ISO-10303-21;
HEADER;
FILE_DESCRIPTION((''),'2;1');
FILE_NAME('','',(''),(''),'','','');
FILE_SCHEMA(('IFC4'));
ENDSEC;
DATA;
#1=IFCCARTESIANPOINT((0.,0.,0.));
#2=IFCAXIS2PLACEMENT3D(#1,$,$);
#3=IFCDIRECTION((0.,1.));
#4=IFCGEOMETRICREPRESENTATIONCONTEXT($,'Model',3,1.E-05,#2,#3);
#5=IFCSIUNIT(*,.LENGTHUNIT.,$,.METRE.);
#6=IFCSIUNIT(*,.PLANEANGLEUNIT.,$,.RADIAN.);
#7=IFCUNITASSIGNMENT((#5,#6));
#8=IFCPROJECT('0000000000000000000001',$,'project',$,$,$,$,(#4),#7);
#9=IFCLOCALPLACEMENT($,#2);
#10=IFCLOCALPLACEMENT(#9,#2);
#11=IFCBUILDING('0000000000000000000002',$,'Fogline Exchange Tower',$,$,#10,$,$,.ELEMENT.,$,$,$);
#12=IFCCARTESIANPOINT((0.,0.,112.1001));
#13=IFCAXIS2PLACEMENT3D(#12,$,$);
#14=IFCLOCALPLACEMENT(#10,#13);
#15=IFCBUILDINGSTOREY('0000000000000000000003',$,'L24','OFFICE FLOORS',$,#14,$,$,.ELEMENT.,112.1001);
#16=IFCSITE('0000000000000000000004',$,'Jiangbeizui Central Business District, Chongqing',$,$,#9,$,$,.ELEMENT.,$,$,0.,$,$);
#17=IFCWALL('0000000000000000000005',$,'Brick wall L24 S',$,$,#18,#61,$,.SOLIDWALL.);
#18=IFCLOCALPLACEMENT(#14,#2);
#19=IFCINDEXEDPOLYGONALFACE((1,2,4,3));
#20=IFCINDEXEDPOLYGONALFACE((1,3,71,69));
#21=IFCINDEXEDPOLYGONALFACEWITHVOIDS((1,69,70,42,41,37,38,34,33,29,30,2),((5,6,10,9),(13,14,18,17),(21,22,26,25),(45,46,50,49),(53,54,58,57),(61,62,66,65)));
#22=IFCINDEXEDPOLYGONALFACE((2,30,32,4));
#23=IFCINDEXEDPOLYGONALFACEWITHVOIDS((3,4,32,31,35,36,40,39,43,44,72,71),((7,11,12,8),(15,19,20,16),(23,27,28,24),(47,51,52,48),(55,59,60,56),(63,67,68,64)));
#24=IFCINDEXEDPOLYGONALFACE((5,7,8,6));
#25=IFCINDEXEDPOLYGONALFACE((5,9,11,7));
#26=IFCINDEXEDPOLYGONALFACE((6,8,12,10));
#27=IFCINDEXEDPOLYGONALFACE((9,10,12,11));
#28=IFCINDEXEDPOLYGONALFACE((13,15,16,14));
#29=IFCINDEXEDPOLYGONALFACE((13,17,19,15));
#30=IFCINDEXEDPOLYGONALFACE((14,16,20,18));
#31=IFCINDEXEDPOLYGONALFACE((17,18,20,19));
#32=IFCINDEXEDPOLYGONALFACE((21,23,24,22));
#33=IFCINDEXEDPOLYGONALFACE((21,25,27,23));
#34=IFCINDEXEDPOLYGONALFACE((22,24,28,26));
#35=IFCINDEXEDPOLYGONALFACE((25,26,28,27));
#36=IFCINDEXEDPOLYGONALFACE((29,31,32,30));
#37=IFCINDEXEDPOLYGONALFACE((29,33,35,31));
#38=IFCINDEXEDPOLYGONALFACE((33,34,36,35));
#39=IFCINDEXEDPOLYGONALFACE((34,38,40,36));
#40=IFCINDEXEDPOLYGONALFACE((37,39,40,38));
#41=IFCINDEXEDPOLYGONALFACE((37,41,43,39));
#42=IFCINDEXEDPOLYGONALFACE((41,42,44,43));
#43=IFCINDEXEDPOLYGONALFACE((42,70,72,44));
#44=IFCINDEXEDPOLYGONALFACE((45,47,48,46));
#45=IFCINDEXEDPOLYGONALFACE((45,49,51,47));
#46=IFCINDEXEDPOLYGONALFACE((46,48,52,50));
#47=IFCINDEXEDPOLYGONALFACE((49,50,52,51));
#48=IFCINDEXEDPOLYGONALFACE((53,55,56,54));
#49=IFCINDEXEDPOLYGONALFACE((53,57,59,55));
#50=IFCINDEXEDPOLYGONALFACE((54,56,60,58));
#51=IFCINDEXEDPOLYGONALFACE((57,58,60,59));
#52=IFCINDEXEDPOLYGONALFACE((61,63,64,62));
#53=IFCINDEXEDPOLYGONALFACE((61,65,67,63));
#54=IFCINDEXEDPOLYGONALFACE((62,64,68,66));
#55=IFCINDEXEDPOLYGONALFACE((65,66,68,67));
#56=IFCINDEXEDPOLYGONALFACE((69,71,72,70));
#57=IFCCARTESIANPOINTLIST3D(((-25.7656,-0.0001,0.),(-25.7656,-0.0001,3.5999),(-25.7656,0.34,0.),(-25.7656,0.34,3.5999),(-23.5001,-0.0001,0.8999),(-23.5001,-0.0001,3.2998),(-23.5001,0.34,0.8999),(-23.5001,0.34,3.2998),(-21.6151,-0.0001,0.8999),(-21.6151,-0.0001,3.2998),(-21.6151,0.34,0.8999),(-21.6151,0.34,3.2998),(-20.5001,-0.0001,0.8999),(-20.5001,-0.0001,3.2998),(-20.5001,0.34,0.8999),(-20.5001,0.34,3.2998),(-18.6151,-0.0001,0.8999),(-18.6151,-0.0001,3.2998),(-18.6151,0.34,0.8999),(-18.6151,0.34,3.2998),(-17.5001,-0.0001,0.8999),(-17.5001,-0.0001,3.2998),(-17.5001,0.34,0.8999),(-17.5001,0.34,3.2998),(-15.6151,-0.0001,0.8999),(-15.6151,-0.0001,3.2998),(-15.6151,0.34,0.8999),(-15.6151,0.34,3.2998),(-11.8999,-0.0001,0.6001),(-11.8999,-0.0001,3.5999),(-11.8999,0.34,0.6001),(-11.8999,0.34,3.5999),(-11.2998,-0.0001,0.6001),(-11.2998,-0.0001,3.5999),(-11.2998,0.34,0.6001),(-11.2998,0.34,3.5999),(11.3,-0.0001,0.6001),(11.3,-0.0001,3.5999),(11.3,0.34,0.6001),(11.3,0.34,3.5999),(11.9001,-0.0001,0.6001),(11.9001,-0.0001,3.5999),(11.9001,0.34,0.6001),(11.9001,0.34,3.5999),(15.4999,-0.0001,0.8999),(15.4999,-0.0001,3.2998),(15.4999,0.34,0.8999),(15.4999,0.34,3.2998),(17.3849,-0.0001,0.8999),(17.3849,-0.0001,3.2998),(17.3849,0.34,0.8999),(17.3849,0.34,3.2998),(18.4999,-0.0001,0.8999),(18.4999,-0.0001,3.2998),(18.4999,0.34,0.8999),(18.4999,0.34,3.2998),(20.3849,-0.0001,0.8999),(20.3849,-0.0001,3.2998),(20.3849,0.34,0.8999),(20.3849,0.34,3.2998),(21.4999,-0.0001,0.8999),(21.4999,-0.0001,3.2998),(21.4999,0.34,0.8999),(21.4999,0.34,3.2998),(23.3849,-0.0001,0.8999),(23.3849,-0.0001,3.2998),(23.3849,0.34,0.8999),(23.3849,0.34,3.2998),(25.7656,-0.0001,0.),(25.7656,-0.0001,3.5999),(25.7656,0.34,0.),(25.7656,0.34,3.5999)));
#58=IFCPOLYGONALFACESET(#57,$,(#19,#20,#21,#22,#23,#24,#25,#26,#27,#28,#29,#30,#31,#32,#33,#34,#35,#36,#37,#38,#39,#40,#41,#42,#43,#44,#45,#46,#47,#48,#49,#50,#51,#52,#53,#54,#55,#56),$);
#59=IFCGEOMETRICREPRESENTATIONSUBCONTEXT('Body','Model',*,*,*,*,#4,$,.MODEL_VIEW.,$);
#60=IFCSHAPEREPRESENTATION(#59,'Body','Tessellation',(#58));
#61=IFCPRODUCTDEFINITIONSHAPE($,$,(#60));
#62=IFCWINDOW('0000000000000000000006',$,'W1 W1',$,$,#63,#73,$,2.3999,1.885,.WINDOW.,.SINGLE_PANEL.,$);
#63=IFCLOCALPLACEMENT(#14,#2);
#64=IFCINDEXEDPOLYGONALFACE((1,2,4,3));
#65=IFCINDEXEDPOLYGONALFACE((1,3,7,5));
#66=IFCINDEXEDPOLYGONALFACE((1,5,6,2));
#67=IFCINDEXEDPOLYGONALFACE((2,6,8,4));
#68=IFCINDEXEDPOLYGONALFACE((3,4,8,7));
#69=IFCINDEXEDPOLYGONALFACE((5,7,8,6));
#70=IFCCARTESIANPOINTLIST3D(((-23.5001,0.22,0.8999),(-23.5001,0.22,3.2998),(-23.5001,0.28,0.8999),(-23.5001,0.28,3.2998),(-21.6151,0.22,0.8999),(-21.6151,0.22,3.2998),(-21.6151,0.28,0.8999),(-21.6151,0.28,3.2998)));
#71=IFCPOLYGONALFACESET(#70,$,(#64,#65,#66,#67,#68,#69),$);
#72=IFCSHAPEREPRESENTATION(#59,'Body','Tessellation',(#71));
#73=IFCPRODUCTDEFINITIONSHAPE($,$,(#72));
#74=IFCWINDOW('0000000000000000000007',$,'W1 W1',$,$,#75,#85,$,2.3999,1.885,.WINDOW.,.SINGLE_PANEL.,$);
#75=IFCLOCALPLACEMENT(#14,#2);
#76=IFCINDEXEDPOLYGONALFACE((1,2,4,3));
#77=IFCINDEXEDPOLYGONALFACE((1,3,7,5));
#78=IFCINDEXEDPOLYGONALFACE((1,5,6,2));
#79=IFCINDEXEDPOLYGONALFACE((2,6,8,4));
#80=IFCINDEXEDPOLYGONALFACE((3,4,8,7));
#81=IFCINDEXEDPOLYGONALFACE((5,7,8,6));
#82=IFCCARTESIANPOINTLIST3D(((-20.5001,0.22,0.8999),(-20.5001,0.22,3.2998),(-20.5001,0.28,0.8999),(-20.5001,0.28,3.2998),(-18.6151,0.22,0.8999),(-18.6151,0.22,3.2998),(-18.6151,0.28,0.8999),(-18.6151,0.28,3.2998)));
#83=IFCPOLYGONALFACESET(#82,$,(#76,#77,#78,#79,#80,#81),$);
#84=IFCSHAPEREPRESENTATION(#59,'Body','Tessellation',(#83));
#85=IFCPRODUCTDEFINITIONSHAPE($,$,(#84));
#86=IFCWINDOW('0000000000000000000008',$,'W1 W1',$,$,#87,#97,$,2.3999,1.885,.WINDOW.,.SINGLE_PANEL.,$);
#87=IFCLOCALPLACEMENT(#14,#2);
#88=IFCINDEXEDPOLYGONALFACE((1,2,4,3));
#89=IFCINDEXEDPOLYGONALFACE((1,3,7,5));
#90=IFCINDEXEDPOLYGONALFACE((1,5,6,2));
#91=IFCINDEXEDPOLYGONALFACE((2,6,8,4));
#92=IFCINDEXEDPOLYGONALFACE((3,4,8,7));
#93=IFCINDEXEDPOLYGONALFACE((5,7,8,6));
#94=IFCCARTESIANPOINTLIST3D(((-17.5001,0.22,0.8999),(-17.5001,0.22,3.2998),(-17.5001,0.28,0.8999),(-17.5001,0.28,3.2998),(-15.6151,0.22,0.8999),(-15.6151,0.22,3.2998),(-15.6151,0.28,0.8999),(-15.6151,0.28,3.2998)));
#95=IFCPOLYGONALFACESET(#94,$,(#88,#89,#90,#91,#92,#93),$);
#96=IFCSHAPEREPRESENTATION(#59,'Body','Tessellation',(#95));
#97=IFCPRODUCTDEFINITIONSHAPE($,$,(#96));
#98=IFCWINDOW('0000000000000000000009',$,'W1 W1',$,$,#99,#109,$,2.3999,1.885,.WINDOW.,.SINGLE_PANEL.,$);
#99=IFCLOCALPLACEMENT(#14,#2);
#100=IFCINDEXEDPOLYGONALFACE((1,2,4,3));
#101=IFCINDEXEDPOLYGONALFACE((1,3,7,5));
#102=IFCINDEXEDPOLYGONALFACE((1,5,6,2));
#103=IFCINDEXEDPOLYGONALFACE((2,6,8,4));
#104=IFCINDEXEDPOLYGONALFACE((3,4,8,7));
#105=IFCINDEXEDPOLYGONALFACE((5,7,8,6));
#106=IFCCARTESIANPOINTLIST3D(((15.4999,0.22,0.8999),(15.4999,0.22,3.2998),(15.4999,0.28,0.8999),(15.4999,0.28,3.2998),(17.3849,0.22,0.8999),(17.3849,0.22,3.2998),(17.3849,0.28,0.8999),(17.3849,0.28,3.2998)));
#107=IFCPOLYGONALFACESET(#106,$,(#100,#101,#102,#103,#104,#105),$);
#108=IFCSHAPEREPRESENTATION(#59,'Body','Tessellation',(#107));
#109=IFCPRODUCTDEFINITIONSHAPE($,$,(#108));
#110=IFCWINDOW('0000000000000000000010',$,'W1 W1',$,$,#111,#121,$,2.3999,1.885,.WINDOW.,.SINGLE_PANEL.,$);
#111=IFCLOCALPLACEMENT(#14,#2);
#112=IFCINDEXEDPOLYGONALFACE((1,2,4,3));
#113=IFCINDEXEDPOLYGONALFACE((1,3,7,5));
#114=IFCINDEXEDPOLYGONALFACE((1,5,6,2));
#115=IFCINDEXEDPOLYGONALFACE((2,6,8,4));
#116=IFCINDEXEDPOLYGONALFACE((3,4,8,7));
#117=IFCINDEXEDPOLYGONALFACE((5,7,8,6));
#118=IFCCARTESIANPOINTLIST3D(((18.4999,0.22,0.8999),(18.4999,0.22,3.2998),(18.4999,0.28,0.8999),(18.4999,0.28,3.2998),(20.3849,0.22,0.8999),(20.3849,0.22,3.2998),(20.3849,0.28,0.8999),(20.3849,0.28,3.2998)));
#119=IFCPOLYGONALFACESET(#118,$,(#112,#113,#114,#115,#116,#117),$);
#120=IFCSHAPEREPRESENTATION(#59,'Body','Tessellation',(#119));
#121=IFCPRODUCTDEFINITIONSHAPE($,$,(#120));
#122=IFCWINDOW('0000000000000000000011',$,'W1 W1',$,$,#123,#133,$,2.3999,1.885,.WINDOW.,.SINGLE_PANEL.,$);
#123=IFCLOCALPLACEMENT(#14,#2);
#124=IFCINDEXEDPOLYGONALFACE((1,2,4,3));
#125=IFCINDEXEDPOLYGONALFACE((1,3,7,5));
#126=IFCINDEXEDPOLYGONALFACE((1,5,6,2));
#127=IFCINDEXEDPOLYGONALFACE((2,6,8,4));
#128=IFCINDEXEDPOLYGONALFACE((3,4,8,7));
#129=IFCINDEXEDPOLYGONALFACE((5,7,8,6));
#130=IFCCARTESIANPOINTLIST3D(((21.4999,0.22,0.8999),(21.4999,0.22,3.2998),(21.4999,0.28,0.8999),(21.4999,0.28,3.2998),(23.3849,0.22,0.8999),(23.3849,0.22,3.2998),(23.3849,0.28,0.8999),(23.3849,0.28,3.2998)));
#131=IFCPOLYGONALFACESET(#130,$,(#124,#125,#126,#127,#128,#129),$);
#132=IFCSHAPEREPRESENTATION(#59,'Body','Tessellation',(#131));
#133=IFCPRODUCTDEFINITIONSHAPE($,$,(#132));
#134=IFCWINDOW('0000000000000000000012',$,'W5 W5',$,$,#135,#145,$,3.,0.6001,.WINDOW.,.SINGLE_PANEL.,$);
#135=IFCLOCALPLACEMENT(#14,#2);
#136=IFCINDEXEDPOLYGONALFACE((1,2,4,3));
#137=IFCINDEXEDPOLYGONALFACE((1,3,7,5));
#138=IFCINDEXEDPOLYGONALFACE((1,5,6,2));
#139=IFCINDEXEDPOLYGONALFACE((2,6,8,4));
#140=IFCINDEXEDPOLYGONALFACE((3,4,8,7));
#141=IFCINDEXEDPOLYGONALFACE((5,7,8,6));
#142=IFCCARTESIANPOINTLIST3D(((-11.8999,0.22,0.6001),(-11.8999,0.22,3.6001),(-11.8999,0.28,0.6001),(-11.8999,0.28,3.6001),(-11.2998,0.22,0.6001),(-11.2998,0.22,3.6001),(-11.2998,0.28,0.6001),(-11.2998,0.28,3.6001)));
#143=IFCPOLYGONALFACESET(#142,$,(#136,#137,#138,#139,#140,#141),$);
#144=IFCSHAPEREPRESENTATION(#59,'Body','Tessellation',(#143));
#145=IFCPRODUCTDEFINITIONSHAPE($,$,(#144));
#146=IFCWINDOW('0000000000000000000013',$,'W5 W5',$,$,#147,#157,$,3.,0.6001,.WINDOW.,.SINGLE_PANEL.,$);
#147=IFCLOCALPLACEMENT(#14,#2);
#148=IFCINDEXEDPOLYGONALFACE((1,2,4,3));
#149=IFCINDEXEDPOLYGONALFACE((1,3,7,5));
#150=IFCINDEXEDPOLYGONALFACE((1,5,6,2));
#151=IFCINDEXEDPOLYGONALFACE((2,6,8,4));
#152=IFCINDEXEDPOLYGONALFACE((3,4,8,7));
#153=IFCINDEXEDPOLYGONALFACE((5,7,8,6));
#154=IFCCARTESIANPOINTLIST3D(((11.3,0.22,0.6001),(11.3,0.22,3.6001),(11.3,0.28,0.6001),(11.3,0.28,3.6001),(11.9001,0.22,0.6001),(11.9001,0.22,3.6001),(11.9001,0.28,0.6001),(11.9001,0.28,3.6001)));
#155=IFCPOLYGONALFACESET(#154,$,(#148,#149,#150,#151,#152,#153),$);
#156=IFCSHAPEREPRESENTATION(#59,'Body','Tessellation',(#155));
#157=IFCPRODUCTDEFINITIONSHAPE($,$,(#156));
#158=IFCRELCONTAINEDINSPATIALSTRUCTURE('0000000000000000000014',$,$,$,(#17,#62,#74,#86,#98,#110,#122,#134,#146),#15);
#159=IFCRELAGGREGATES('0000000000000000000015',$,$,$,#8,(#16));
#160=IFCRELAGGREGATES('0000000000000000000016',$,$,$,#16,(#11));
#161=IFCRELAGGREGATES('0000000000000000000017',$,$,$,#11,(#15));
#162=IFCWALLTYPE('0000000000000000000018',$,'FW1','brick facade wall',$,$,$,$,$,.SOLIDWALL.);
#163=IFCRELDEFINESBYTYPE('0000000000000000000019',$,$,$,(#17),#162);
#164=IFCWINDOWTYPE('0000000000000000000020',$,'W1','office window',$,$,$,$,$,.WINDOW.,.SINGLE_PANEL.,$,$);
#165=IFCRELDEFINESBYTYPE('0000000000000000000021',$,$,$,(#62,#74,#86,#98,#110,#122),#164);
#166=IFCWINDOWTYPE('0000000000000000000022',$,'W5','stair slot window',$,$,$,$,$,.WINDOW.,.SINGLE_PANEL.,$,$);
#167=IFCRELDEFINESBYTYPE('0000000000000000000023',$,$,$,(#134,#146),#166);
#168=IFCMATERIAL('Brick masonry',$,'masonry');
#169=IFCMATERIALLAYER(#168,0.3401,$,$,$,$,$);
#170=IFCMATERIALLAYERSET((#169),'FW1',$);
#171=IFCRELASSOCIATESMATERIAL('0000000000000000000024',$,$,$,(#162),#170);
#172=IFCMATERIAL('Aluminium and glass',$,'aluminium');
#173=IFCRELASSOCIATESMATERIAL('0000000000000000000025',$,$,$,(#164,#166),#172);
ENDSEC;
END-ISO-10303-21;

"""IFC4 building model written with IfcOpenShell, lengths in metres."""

from ifc_helpers import new_model, si_unit, direction, frame, frame_2d, origin, place, context, subcontext, project, spatial, rectangle, extrude, material, layer, layer_set, type_object, element, fill, save


model = new_model("IFC4")

# Units and contexts
model_context = context("Model", 3, precision=1e-05, world=origin(), true_north=direction((0.0, 1.0)))
body_context = subcontext(model_context, "Body", "Model", "MODEL_VIEW")
ifc_project = project(units=[si_unit("LENGTHUNIT", "METRE"), si_unit("PLANEANGLEUNIT", "RADIAN")], contexts=[model_context])

# Site, building, storey
site_placement = place(None, origin())
site = spatial("IfcSite", under=ifc_project, at=site_placement, Name="Jiangbeizui Central Business District, Chongqing", CompositionType="ELEMENT", RefElevation=0.0)
building_placement = place(site_placement, origin())
building = spatial("IfcBuilding", under=site, at=building_placement, Name="Fogline Exchange Tower", CompositionType="ELEMENT")
storey_placement = place(building_placement, frame((0.0, 0.0, 112.1001)))
storey = spatial("IfcBuildingStorey", under=building, at=storey_placement, Name="L24", Description="OFFICE FLOORS", CompositionType="ELEMENT", Elevation=112.1001)

# Shared definitions
ifc_material_1 = material(Name="Brick masonry", Category="masonry")
ifc_layer = layer(ifc_material_1, 0.3401)
ifc_layer_set = layer_set([ifc_layer], Name="FW1")
wall_type = type_object("IfcWallType", Name="FW1", Description="brick facade wall", PredefinedType="SOLIDWALL", material=ifc_layer_set)
ifc_material_2 = material(Name="Aluminium and glass", Category="aluminium")

# Wall, openings, windows
wall_1_placement = place(storey_placement, frame((-25.7656, 0.1699, 0.0), z_axis=(0.0, 0.0, 1.0), x_axis=(1.0, 0.0, 0.0)))
wall_1 = element("IfcWall", 1, at=wall_1_placement, inside=storey, type_object=wall_type, Name="Brick wall L24 S", PredefinedType="SOLIDWALL", context=body_context, shape_type="SweptSolid", body=[
    extrude(rectangle(XDim=51.5312, YDim=0.3401, at=frame_2d((25.7656, 0.0))), origin(), (0.0, 0.0, 1.0), 3.5999),
])
opening_1_placement = place(wall_1_placement, frame((2.2656, 0.0, 0.8999)))
opening_1 = element("IfcOpeningElement", 2, at=opening_1_placement, cuts=wall_1, PredefinedType="OPENING", context=body_context, shape_type="SweptSolid", body=[
    extrude(rectangle(XDim=1.885, YDim=2.3999, at=frame_2d((0.9424, 1.2))), frame((0.0, 0.1802, 0.0), z_axis=(0.0, -1.0, 0.0), x_axis=(1.0, 0.0, 0.0)), (0.0, 0.0, 1.0), 0.3601),
])
opening_2_placement = place(wall_1_placement, frame((5.2656, 0.0, 0.8999)))
opening_2 = element("IfcOpeningElement", 3, at=opening_2_placement, cuts=wall_1, PredefinedType="OPENING", context=body_context, shape_type="SweptSolid", body=[
    extrude(rectangle(XDim=1.885, YDim=2.3999, at=frame_2d((0.9424, 1.2))), frame((0.0, 0.1802, 0.0), z_axis=(0.0, -1.0, 0.0), x_axis=(1.0, 0.0, 0.0)), (0.0, 0.0, 1.0), 0.3601),
])
opening_3_placement = place(wall_1_placement, frame((8.2656, 0.0, 0.8999)))
opening_3 = element("IfcOpeningElement", 4, at=opening_3_placement, cuts=wall_1, PredefinedType="OPENING", context=body_context, shape_type="SweptSolid", body=[
    extrude(rectangle(XDim=1.885, YDim=2.3999, at=frame_2d((0.9424, 1.2))), frame((0.0, 0.1802, 0.0), z_axis=(0.0, -1.0, 0.0), x_axis=(1.0, 0.0, 0.0)), (0.0, 0.0, 1.0), 0.3601),
])
opening_4_placement = place(wall_1_placement, frame((41.2656, 0.0, 0.8999)))
opening_4 = element("IfcOpeningElement", 5, at=opening_4_placement, cuts=wall_1, PredefinedType="OPENING", context=body_context, shape_type="SweptSolid", body=[
    extrude(rectangle(XDim=1.885, YDim=2.3999, at=frame_2d((0.9424, 1.2))), frame((0.0, 0.1802, 0.0), z_axis=(0.0, -1.0, 0.0), x_axis=(1.0, 0.0, 0.0)), (0.0, 0.0, 1.0), 0.3601),
])
opening_5_placement = place(wall_1_placement, frame((44.2656, 0.0, 0.8999)))
opening_5 = element("IfcOpeningElement", 6, at=opening_5_placement, cuts=wall_1, PredefinedType="OPENING", context=body_context, shape_type="SweptSolid", body=[
    extrude(rectangle(XDim=1.885, YDim=2.3999, at=frame_2d((0.9424, 1.2))), frame((0.0, 0.1802, 0.0), z_axis=(0.0, -1.0, 0.0), x_axis=(1.0, 0.0, 0.0)), (0.0, 0.0, 1.0), 0.3601),
])
opening_6_placement = place(wall_1_placement, frame((47.2656, 0.0, 0.8999)))
opening_6 = element("IfcOpeningElement", 7, at=opening_6_placement, cuts=wall_1, PredefinedType="OPENING", context=body_context, shape_type="SweptSolid", body=[
    extrude(rectangle(XDim=1.885, YDim=2.3999, at=frame_2d((0.9424, 1.2))), frame((0.0, 0.1802, 0.0), z_axis=(0.0, -1.0, 0.0), x_axis=(1.0, 0.0, 0.0)), (0.0, 0.0, 1.0), 0.3601),
])
opening_7_placement = place(wall_1_placement, frame((13.8657, 0.0, 0.6001)))
opening_7 = element("IfcOpeningElement", 8, at=opening_7_placement, cuts=wall_1, PredefinedType="OPENING", context=body_context, shape_type="SweptSolid", body=[
    extrude(rectangle(XDim=0.6001, YDim=3.0, at=frame_2d((0.3, 1.5))), frame((0.0, 0.1802, 0.0), z_axis=(0.0, -1.0, 0.0), x_axis=(1.0, 0.0, 0.0)), (0.0, 0.0, 1.0), 0.3601),
])
opening_8_placement = place(wall_1_placement, frame((37.0657, 0.0, 0.6001)))
opening_8 = element("IfcOpeningElement", 9, at=opening_8_placement, cuts=wall_1, PredefinedType="OPENING", context=body_context, shape_type="SweptSolid", body=[
    extrude(rectangle(XDim=0.6001, YDim=3.0, at=frame_2d((0.3, 1.5))), frame((0.0, 0.1802, 0.0), z_axis=(0.0, -1.0, 0.0), x_axis=(1.0, 0.0, 0.0)), (0.0, 0.0, 1.0), 0.3601),
])
window_type_1 = type_object("IfcWindowType", Name="W1", Description="office window", PartitioningType="SINGLE_PANEL", PredefinedType="WINDOW", material=ifc_material_2)
window_1_placement = place(opening_1_placement, origin())
window_1 = element("IfcWindow", 10, at=window_1_placement, inside=storey, type_object=window_type_1, Name="W1 W1", OverallHeight=2.3999, OverallWidth=1.885, PartitioningType="SINGLE_PANEL", PredefinedType="WINDOW", context=body_context, shape_type="SweptSolid", body=[
    extrude(rectangle(XDim=1.885, YDim=2.3999, at=frame_2d((0.9424, 1.2))), frame((0.0, 0.1101, 0.0), z_axis=(0.0, -1.0, 0.0), x_axis=(1.0, 0.0, 0.0)), (0.0, 0.0, 1.0), 0.0601),
])
fill(opening_1, window_1)
window_2_placement = place(opening_2_placement, origin())
window_2 = element("IfcWindow", 11, at=window_2_placement, inside=storey, type_object=window_type_1, Name="W1 W1", OverallHeight=2.3999, OverallWidth=1.885, PartitioningType="SINGLE_PANEL", PredefinedType="WINDOW", context=body_context, shape_type="SweptSolid", body=[
    extrude(rectangle(XDim=1.885, YDim=2.3999, at=frame_2d((0.9424, 1.2))), frame((0.0, 0.1101, 0.0), z_axis=(0.0, -1.0, 0.0), x_axis=(1.0, 0.0, 0.0)), (0.0, 0.0, 1.0), 0.0601),
])
fill(opening_2, window_2)
window_3_placement = place(opening_3_placement, origin())
window_3 = element("IfcWindow", 12, at=window_3_placement, inside=storey, type_object=window_type_1, Name="W1 W1", OverallHeight=2.3999, OverallWidth=1.885, PartitioningType="SINGLE_PANEL", PredefinedType="WINDOW", context=body_context, shape_type="SweptSolid", body=[
    extrude(rectangle(XDim=1.885, YDim=2.3999, at=frame_2d((0.9424, 1.2))), frame((0.0, 0.1101, 0.0), z_axis=(0.0, -1.0, 0.0), x_axis=(1.0, 0.0, 0.0)), (0.0, 0.0, 1.0), 0.0601),
])
fill(opening_3, window_3)
window_4_placement = place(opening_4_placement, origin())
window_4 = element("IfcWindow", 13, at=window_4_placement, inside=storey, type_object=window_type_1, Name="W1 W1", OverallHeight=2.3999, OverallWidth=1.885, PartitioningType="SINGLE_PANEL", PredefinedType="WINDOW", context=body_context, shape_type="SweptSolid", body=[
    extrude(rectangle(XDim=1.885, YDim=2.3999, at=frame_2d((0.9424, 1.2))), frame((0.0, 0.1101, 0.0), z_axis=(0.0, -1.0, 0.0), x_axis=(1.0, 0.0, 0.0)), (0.0, 0.0, 1.0), 0.0601),
])
fill(opening_4, window_4)
window_5_placement = place(opening_5_placement, origin())
window_5 = element("IfcWindow", 14, at=window_5_placement, inside=storey, type_object=window_type_1, Name="W1 W1", OverallHeight=2.3999, OverallWidth=1.885, PartitioningType="SINGLE_PANEL", PredefinedType="WINDOW", context=body_context, shape_type="SweptSolid", body=[
    extrude(rectangle(XDim=1.885, YDim=2.3999, at=frame_2d((0.9424, 1.2))), frame((0.0, 0.1101, 0.0), z_axis=(0.0, -1.0, 0.0), x_axis=(1.0, 0.0, 0.0)), (0.0, 0.0, 1.0), 0.0601),
])
fill(opening_5, window_5)
window_6_placement = place(opening_6_placement, origin())
window_6 = element("IfcWindow", 15, at=window_6_placement, inside=storey, type_object=window_type_1, Name="W1 W1", OverallHeight=2.3999, OverallWidth=1.885, PartitioningType="SINGLE_PANEL", PredefinedType="WINDOW", context=body_context, shape_type="SweptSolid", body=[
    extrude(rectangle(XDim=1.885, YDim=2.3999, at=frame_2d((0.9424, 1.2))), frame((0.0, 0.1101, 0.0), z_axis=(0.0, -1.0, 0.0), x_axis=(1.0, 0.0, 0.0)), (0.0, 0.0, 1.0), 0.0601),
])
fill(opening_6, window_6)
window_type_2 = type_object("IfcWindowType", Name="W5", Description="stair slot window", PartitioningType="SINGLE_PANEL", PredefinedType="WINDOW", material=ifc_material_2)
window_7_placement = place(opening_7_placement, origin())
window_7 = element("IfcWindow", 16, at=window_7_placement, inside=storey, type_object=window_type_2, Name="W5 W5", OverallHeight=3.0, OverallWidth=0.6001, PartitioningType="SINGLE_PANEL", PredefinedType="WINDOW", context=body_context, shape_type="SweptSolid", body=[
    extrude(rectangle(XDim=0.6001, YDim=3.0, at=frame_2d((0.3, 1.5))), frame((0.0, 0.1101, 0.0), z_axis=(0.0, -1.0, 0.0), x_axis=(1.0, 0.0, 0.0)), (0.0, 0.0, 1.0), 0.0601),
])
fill(opening_7, window_7)
window_8_placement = place(opening_8_placement, origin())
window_8 = element("IfcWindow", 17, at=window_8_placement, inside=storey, type_object=window_type_2, Name="W5 W5", OverallHeight=3.0, OverallWidth=0.6001, PartitioningType="SINGLE_PANEL", PredefinedType="WINDOW", context=body_context, shape_type="SweptSolid", body=[
    extrude(rectangle(XDim=0.6001, YDim=3.0, at=frame_2d((0.3, 1.5))), frame((0.0, 0.1101, 0.0), z_axis=(0.0, -1.0, 0.0), x_axis=(1.0, 0.0, 0.0)), (0.0, 0.0, 1.0), 0.0601),
])
fill(opening_8, window_8)

save(model, "model.ifc")
